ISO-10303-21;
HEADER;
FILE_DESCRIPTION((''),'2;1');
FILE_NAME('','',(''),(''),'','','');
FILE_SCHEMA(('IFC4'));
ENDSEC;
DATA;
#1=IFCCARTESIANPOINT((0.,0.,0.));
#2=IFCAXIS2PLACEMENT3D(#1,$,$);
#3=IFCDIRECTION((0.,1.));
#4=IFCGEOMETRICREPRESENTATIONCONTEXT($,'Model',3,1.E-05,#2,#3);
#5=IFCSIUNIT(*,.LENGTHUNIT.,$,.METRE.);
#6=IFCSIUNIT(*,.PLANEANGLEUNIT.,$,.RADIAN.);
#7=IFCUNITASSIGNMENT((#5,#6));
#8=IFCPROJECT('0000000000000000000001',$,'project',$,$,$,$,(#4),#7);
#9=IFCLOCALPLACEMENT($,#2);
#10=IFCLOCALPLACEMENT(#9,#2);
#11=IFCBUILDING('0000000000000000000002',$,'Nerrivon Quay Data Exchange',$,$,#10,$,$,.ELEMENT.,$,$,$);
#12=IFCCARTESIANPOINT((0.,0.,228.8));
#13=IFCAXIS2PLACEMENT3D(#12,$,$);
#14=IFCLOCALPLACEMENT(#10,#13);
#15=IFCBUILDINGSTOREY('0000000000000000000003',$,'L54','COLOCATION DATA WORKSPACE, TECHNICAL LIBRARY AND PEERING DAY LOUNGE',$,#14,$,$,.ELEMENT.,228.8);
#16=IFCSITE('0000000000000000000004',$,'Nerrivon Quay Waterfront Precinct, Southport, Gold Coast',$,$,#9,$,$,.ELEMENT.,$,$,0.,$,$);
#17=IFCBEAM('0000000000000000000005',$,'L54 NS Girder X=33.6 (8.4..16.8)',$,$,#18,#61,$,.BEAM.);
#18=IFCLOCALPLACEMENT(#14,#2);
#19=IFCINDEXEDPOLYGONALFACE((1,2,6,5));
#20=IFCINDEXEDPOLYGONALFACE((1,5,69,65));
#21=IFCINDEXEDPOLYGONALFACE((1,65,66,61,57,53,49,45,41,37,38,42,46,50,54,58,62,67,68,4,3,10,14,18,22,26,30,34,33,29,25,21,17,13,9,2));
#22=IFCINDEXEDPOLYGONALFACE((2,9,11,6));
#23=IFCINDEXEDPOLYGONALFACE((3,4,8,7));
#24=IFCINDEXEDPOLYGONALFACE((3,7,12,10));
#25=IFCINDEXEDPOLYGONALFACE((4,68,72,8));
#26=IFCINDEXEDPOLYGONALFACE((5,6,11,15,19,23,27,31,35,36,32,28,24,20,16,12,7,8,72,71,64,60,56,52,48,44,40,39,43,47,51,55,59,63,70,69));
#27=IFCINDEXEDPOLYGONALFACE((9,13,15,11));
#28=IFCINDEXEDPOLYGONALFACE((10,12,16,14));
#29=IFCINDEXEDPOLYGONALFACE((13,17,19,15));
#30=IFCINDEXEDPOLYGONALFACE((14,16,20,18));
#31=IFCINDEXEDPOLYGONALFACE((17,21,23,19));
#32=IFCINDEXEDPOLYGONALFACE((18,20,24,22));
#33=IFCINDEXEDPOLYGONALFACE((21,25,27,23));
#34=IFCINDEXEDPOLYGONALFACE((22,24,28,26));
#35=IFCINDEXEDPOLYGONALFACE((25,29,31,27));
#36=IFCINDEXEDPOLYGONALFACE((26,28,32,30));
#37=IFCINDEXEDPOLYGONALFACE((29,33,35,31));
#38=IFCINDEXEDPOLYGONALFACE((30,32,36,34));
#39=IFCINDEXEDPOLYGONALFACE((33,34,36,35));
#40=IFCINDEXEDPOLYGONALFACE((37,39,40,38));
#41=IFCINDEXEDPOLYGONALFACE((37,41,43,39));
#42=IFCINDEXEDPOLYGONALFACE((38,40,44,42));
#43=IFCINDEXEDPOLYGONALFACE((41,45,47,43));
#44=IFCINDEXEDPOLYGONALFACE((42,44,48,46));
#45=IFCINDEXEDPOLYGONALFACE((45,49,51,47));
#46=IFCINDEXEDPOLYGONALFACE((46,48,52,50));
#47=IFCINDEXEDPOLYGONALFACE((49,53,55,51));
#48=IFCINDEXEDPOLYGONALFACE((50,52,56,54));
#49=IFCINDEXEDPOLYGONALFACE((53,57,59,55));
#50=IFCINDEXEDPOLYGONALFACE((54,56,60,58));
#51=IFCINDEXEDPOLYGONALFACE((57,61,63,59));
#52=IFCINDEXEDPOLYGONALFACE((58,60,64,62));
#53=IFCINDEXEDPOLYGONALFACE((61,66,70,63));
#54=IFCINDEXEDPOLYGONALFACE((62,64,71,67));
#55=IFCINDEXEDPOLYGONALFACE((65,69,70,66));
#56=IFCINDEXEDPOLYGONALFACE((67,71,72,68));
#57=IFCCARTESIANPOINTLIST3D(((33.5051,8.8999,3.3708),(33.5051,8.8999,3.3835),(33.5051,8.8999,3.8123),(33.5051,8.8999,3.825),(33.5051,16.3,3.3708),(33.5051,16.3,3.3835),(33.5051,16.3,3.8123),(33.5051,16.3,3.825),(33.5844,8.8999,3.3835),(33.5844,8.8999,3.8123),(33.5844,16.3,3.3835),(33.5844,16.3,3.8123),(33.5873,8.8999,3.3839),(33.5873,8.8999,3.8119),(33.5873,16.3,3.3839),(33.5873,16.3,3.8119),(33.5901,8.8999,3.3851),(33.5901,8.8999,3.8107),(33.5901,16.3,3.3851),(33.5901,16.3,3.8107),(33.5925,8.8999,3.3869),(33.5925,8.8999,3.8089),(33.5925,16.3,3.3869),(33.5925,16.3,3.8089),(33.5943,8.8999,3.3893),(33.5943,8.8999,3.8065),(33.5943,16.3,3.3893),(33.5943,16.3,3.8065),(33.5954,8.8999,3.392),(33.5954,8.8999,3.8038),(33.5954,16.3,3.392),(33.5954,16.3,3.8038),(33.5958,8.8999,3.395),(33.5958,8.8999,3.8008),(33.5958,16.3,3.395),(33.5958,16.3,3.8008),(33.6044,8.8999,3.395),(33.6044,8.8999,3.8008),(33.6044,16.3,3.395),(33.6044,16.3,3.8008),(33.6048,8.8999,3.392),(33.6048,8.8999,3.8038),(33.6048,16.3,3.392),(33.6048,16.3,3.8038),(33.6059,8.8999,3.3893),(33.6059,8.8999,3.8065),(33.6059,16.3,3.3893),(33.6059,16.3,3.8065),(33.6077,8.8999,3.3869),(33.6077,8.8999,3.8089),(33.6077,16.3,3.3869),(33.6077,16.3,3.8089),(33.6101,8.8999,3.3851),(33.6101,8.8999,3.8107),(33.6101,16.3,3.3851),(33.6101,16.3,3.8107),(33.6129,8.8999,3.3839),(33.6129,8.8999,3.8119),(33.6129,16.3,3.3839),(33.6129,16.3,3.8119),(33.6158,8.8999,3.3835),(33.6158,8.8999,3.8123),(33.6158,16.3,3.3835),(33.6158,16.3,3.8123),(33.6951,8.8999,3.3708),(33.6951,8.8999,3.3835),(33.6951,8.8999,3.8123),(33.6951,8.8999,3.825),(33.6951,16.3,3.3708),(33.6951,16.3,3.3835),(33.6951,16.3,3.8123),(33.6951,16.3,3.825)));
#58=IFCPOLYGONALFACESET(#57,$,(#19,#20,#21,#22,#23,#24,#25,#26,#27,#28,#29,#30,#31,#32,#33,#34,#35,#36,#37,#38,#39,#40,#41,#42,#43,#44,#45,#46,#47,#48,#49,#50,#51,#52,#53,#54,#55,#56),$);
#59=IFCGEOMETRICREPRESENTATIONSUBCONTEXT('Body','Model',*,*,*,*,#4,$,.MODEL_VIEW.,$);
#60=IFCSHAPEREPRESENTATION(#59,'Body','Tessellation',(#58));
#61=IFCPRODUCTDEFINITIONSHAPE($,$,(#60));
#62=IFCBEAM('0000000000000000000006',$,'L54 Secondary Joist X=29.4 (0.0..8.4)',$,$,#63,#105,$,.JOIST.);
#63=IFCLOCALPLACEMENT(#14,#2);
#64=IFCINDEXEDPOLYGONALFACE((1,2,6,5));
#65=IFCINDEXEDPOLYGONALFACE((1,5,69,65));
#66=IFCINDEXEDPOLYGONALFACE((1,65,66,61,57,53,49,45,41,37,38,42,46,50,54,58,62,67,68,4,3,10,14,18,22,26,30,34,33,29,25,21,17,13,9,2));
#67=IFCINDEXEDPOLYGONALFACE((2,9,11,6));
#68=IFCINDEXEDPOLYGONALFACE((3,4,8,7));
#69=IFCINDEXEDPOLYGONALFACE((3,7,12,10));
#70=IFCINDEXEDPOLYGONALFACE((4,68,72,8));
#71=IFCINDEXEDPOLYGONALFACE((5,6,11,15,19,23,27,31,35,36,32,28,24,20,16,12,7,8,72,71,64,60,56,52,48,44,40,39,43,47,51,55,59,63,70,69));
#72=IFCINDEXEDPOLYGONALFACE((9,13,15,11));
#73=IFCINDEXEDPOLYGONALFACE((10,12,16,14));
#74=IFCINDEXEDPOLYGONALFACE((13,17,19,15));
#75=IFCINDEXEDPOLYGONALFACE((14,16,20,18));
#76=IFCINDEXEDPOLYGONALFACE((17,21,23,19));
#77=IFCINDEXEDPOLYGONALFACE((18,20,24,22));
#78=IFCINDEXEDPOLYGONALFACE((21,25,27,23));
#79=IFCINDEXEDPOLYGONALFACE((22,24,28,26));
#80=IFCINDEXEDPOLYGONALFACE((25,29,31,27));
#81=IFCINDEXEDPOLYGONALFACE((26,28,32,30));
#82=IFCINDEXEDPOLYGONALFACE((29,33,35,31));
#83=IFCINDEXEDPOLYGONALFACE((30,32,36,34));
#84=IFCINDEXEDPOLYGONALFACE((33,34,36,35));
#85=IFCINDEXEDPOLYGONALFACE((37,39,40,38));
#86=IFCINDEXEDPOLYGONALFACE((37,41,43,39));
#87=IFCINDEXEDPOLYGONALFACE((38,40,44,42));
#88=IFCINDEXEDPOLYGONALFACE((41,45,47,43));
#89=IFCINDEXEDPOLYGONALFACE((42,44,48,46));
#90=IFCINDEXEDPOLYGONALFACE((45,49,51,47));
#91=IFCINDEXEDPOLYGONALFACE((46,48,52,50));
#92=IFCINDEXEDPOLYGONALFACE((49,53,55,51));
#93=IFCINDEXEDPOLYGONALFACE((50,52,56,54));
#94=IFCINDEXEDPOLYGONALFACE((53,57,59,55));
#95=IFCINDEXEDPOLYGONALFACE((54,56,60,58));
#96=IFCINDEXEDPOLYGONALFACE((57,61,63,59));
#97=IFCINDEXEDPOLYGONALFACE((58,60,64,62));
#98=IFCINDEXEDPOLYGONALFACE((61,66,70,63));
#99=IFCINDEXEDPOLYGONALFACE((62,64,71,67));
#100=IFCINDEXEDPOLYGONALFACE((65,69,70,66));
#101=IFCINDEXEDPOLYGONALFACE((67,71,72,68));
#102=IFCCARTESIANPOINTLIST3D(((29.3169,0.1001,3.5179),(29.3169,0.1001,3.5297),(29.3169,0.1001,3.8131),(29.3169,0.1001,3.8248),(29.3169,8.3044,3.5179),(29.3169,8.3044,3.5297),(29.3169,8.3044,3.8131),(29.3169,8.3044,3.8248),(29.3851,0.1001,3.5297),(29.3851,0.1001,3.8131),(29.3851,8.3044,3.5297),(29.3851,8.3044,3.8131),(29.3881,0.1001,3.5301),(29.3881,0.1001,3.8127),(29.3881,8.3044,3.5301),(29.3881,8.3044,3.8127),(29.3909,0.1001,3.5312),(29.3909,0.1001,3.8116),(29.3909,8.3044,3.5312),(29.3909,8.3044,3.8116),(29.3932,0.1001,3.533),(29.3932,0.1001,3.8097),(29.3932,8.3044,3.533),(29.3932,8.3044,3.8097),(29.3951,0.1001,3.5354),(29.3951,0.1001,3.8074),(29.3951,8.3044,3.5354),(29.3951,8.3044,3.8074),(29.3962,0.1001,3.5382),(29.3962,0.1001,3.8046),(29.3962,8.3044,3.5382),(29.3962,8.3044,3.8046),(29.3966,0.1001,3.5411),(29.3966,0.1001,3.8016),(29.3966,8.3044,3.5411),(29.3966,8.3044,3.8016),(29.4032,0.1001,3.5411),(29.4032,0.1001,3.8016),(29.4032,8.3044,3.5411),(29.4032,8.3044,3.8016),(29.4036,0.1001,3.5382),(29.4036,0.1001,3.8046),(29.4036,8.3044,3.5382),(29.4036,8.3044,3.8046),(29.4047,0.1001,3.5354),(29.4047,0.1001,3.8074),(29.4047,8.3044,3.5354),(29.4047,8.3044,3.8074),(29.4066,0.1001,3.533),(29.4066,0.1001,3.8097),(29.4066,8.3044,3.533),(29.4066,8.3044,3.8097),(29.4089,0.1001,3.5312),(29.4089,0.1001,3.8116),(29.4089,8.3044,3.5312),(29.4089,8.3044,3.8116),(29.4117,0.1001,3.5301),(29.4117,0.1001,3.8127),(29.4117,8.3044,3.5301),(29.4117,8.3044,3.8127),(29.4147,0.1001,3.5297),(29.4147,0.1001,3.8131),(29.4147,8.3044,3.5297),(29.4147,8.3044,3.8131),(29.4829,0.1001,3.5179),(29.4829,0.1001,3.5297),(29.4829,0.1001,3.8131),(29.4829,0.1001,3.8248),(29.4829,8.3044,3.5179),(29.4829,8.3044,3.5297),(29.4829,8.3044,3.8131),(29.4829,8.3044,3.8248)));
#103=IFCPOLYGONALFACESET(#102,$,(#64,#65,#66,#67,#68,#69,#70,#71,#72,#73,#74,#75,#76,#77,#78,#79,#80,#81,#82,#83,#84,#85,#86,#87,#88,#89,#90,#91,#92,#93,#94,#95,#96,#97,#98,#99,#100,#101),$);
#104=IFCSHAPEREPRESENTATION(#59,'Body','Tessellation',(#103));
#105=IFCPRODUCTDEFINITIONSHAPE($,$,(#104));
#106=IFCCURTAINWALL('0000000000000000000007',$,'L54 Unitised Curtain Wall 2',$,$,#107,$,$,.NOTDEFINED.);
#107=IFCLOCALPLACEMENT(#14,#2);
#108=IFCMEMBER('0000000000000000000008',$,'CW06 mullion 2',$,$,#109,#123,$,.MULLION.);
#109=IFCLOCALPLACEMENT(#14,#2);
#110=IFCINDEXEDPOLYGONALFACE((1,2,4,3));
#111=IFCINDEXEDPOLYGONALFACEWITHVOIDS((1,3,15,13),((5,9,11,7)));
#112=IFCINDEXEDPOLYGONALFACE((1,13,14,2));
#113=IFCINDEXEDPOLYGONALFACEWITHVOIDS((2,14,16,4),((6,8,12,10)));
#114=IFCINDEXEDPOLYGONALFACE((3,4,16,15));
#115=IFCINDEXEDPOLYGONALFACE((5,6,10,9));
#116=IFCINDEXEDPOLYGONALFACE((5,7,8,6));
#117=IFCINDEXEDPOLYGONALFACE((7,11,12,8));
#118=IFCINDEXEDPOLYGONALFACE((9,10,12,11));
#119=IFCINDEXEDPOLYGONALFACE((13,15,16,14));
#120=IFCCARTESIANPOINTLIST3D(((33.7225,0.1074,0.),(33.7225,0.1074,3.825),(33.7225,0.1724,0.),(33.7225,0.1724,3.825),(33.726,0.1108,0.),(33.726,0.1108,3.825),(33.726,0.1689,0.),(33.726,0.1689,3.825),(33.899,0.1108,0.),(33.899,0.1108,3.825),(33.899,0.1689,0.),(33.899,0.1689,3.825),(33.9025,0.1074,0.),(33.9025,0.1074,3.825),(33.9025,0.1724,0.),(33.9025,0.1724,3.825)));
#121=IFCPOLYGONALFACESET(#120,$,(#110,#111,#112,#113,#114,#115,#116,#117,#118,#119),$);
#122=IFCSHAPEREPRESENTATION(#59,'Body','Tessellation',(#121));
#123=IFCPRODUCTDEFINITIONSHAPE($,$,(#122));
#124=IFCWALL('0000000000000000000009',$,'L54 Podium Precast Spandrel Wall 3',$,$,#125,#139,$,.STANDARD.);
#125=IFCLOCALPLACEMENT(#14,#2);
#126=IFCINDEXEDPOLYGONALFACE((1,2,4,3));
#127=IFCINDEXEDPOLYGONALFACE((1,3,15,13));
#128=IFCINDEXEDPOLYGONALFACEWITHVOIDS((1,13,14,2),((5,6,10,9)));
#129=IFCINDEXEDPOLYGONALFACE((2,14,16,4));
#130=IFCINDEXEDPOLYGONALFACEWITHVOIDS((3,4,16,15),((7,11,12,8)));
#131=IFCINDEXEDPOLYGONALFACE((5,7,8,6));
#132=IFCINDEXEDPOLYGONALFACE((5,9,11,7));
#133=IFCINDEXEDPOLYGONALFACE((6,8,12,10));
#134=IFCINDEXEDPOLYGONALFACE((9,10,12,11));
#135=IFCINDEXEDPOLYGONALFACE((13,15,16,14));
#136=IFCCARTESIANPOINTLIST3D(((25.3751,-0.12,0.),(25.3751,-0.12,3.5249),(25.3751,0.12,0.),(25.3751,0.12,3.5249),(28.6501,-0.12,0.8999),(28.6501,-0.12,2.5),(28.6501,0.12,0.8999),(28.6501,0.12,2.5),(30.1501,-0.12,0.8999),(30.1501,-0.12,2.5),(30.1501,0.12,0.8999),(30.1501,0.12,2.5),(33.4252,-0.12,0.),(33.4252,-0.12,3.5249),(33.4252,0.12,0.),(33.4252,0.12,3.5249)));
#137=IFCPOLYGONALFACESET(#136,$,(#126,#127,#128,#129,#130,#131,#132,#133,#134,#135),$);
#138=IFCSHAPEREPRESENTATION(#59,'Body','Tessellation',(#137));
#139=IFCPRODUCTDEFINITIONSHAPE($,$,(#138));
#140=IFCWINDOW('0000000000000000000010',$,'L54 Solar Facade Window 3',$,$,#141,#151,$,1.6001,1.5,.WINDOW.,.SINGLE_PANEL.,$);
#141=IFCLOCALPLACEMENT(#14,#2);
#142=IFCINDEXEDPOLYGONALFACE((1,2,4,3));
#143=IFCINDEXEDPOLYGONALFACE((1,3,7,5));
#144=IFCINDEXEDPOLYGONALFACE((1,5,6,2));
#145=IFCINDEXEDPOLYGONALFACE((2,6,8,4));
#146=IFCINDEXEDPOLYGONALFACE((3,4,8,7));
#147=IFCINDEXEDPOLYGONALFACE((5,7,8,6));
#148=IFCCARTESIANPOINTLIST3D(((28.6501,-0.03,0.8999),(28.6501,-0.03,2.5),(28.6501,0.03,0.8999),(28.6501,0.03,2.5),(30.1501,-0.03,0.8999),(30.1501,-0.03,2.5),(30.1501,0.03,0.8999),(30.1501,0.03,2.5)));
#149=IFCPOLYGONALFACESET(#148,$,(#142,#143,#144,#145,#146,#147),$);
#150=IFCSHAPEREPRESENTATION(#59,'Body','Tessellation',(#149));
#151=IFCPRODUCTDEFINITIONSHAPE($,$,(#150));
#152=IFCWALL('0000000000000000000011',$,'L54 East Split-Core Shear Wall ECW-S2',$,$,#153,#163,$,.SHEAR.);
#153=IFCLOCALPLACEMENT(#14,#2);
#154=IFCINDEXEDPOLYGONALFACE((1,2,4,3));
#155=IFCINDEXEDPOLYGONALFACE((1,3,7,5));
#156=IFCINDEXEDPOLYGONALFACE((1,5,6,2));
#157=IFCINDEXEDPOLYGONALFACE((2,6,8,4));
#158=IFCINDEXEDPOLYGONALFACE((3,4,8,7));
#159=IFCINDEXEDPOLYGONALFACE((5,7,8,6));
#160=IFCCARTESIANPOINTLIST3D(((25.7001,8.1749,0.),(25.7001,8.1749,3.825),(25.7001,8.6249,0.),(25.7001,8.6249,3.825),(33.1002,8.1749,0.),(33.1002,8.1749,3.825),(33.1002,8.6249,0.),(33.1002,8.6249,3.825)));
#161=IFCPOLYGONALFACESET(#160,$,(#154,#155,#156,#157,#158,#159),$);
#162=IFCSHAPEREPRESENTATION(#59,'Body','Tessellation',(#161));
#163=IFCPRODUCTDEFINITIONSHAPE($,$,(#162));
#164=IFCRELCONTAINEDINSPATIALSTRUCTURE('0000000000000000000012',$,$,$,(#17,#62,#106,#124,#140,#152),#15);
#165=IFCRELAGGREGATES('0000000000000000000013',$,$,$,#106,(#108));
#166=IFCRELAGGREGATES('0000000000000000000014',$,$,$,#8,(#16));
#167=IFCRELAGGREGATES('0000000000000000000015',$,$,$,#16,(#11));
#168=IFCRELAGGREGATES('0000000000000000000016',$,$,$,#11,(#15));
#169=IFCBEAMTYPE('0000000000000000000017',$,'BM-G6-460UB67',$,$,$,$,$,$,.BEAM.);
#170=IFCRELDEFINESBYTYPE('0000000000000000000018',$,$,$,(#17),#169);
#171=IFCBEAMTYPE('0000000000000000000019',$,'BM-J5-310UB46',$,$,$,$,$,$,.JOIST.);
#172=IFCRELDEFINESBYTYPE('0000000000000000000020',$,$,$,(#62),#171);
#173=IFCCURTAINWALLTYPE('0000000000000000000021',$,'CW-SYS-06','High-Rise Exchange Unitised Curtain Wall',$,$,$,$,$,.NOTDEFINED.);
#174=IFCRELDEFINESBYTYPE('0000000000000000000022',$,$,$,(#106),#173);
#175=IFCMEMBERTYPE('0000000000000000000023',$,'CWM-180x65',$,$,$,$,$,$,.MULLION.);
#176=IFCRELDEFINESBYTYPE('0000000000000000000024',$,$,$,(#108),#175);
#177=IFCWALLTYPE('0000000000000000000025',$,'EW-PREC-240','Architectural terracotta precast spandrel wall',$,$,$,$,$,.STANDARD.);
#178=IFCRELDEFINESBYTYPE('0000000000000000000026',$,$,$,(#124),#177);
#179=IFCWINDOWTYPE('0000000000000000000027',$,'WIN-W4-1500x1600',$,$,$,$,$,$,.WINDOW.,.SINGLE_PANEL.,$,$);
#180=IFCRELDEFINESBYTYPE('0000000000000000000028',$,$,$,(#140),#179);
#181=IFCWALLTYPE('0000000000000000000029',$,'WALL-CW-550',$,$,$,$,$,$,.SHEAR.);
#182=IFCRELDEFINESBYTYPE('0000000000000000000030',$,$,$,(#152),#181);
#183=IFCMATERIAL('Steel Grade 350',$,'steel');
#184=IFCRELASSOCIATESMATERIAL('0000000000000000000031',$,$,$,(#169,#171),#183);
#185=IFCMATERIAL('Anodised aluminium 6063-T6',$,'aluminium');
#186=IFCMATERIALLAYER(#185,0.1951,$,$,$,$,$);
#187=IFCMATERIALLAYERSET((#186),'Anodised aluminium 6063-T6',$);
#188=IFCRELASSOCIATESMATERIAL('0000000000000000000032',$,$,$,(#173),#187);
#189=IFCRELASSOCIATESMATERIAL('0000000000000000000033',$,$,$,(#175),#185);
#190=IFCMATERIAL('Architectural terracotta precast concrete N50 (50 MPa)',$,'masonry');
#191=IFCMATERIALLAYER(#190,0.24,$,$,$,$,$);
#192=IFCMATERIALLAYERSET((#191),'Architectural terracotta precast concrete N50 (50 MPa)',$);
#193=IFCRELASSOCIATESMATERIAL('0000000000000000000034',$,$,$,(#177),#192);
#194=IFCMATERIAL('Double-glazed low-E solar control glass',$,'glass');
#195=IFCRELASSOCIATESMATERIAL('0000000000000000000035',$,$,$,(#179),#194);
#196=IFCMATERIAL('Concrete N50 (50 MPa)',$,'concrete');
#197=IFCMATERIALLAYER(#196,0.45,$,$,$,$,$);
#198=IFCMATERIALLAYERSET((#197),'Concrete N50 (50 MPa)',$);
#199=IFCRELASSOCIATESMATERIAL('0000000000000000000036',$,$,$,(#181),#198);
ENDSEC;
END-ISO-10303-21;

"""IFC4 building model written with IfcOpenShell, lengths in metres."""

from ifc_helpers import new_model, si_unit, direction, frame, frame_2d, origin, origin_2d, place, context, subcontext, project, spatial, rectangle, hollow_rectangle, i_section, extrude, material, layer, layer_set, material_profile, profile_set, type_object, element, fill, aggregate, save


model = new_model("IFC4")

# Units and contexts
model_context = context("Model", 3, precision=1e-05, world=origin(), true_north=direction((0.0, 1.0)))
body_context = subcontext(model_context, "Body", "Model", "MODEL_VIEW")
ifc_project = project(units=[si_unit("LENGTHUNIT", "METRE"), si_unit("PLANEANGLEUNIT", "RADIAN")], contexts=[model_context])

# Site, building, storey
site_placement = place(None, origin())
site = spatial("IfcSite", under=ifc_project, at=site_placement, Name="Nerrivon Quay Waterfront Precinct, Southport, Gold Coast", CompositionType="ELEMENT", RefElevation=0.0)
building_placement = place(site_placement, origin())
building = spatial("IfcBuilding", under=site, at=building_placement, Name="Nerrivon Quay Data Exchange", CompositionType="ELEMENT")
storey_placement = place(building_placement, frame((0.0, 0.0, 228.8)))
storey = spatial("IfcBuildingStorey", under=building, at=storey_placement, Name="L54", Description="COLOCATION DATA WORKSPACE, TECHNICAL LIBRARY AND PEERING DAY LOUNGE", CompositionType="ELEMENT", Elevation=228.8)

# Shared definitions
ifc_material_1 = material(Name="Steel Grade 350", Category="steel")

# Beams
ifc_material_profile_1 = material_profile(ifc_material_1, i_section(OverallWidth=0.1899, OverallDepth=0.4541, WebThickness=0.0085, FlangeThickness=0.0127, FilletRadius=0.0115, at=origin_2d()), Name="460UB67.1")
ifc_profile_set_1 = profile_set([ifc_material_profile_1], Name="Steel Grade 350")
beam_type_1 = type_object("IfcBeamType", Name="BM-G6-460UB67", PredefinedType="BEAM", material=ifc_profile_set_1)
beam_1_placement = place(storey_placement, frame((33.6001, 8.8999, 3.5979), z_axis=(0.0, 1.0, 0.0), x_axis=(-1.0, 0.0, 0.0)))
element("IfcBeam", 1, at=beam_1_placement, inside=storey, type_object=beam_type_1, Name="L54 NS Girder X=33.6 (8.4..16.8)", PredefinedType="BEAM", context=body_context, shape_type="SweptSolid", body=[
    extrude(i_section(OverallWidth=0.1899, OverallDepth=0.4541, WebThickness=0.0085, FlangeThickness=0.0127, FilletRadius=0.0115, at=origin_2d()), origin(), (0.0, 0.0, 1.0), 7.4001),
])
ifc_material_profile_2 = material_profile(ifc_material_1, i_section(OverallWidth=0.166, OverallDepth=0.3069, WebThickness=0.0066, FlangeThickness=0.0117, FilletRadius=0.0115, at=origin_2d()), Name="310UB46.2")
ifc_profile_set_2 = profile_set([ifc_material_profile_2], Name="Steel Grade 350")
beam_type_2 = type_object("IfcBeamType", Name="BM-J5-310UB46", PredefinedType="JOIST", material=ifc_profile_set_2)
beam_2_placement = place(storey_placement, frame((29.3999, 0.1001, 3.6714), z_axis=(0.0, 1.0, 0.0), x_axis=(-1.0, 0.0, 0.0)))
element("IfcBeam", 2, at=beam_2_placement, inside=storey, type_object=beam_type_2, Name="L54 Secondary Joist X=29.4 (0.0..8.4)", PredefinedType="JOIST", context=body_context, shape_type="SweptSolid", body=[
    extrude(i_section(OverallWidth=0.166, OverallDepth=0.3069, WebThickness=0.0066, FlangeThickness=0.0117, FilletRadius=0.0115, at=origin_2d()), origin(), (0.0, 0.0, 1.0), 8.2043),
])

# Curtain wall, member
ifc_material_2 = material(Name="Anodised aluminium 6063-T6", Category="aluminium")
ifc_layer_1 = layer(ifc_material_2, 0.1951)
ifc_layer_set_1 = layer_set([ifc_layer_1], Name="Anodised aluminium 6063-T6")
curtain_wall_type = type_object("IfcCurtainWallType", Name="CW-SYS-06", Description="High-Rise Exchange Unitised Curtain Wall", PredefinedType="NOTDEFINED", material=ifc_layer_set_1)
curtain_wall_placement = place(storey_placement, origin())
curtain_wall = element("IfcCurtainWall", 3, at=curtain_wall_placement, inside=storey, type_object=curtain_wall_type, Name="L54 Unitised Curtain Wall 2", PredefinedType="NOTDEFINED")
ifc_material_profile_3 = material_profile(ifc_material_2, hollow_rectangle(XDim=0.0649, YDim=0.1799, WallThickness=0.0034, at=origin_2d()), Name="ALU-MULL-180x65")
ifc_profile_set_3 = profile_set([ifc_material_profile_3], Name="Anodised aluminium 6063-T6")
member_type = type_object("IfcMemberType", Name="CWM-180x65", PredefinedType="MULLION", material=ifc_profile_set_3)
member_placement = place(storey_placement, frame((33.8125, 0.1399, 0.0), z_axis=(0.0, 0.0, 1.0), x_axis=(0.0, -1.0, 0.0)))
member = element("IfcMember", 4, at=member_placement, type_object=member_type, Name="CW06 mullion 2", PredefinedType="MULLION", context=body_context, shape_type="SweptSolid", body=[
    extrude(hollow_rectangle(XDim=0.0649, YDim=0.1799, WallThickness=0.0034, at=origin_2d()), origin(), (0.0, 0.0, 1.0), 3.825),
])
aggregate(curtain_wall, [member])

# Wall, opening, window
ifc_material_3 = material(Name="Architectural terracotta precast concrete N50 (50 MPa)", Category="masonry")
ifc_layer_2 = layer(ifc_material_3, 0.24)
ifc_layer_set_2 = layer_set([ifc_layer_2], Name="Architectural terracotta precast concrete N50 (50 MPa)")
wall_type_1 = type_object("IfcWallType", Name="EW-PREC-240", Description="Architectural terracotta precast spandrel wall", PredefinedType="STANDARD", material=ifc_layer_set_2)
wall_1_placement = place(storey_placement, frame((33.425, 0.0, 0.0), z_axis=(0.0, 0.0, 1.0), x_axis=(-1.0, 0.0, 0.0)))
wall_1 = element("IfcWall", 5, at=wall_1_placement, inside=storey, type_object=wall_type_1, Name="L54 Podium Precast Spandrel Wall 3", PredefinedType="STANDARD", context=body_context, shape_type="SweptSolid", body=[
    extrude(rectangle(XDim=8.05, YDim=0.24, at=frame_2d((4.0249, 0.0))), origin(), (0.0, 0.0, 1.0), 3.5249),
])
opening_1_placement = place(wall_1_placement, frame((3.2749, 0.0, 0.8999)))
opening_1 = element("IfcOpeningElement", 6, at=opening_1_placement, cuts=wall_1, PredefinedType="OPENING", context=body_context, shape_type="SweptSolid", body=[
    extrude(rectangle(XDim=1.5, YDim=1.6001, at=frame_2d((0.75, 0.8))), frame((0.0, 0.1299, 0.0), z_axis=(0.0, -1.0, 0.0), x_axis=(1.0, 0.0, 0.0)), (0.0, 0.0, 1.0), 0.26),
])
ifc_material_4 = material(Name="Double-glazed low-E solar control glass", Category="glass")
window_type = type_object("IfcWindowType", Name="WIN-W4-1500x1600", PartitioningType="SINGLE_PANEL", PredefinedType="WINDOW", material=ifc_material_4)
window_placement = place(opening_1_placement, origin())
window = element("IfcWindow", 7, at=window_placement, inside=storey, type_object=window_type, Name="L54 Solar Facade Window 3", OverallHeight=1.6001, OverallWidth=1.5, PartitioningType="SINGLE_PANEL", PredefinedType="WINDOW", context=body_context, shape_type="SweptSolid", body=[
    extrude(rectangle(XDim=1.5, YDim=1.6001, at=frame_2d((0.75, 0.8))), frame((0.0, 0.03, 0.0), z_axis=(0.0, -1.0, 0.0), x_axis=(1.0, 0.0, 0.0)), (0.0, 0.0, 1.0), 0.0601),
])
fill(opening_1, window)

# Wall
ifc_material_5 = material(Name="Concrete N50 (50 MPa)", Category="concrete")
ifc_layer_3 = layer(ifc_material_5, 0.45)
ifc_layer_set_3 = layer_set([ifc_layer_3], Name="Concrete N50 (50 MPa)")
wall_type_2 = type_object("IfcWallType", Name="WALL-CW-550", PredefinedType="SHEAR", material=ifc_layer_set_3)
wall_2_placement = place(storey_placement, frame((25.7, 8.3999, 0.0), z_axis=(0.0, 0.0, 1.0), x_axis=(1.0, 0.0, 0.0)))
element("IfcWall", 8, at=wall_2_placement, inside=storey, type_object=wall_type_2, Name="L54 East Split-Core Shear Wall ECW-S2", PredefinedType="SHEAR", context=body_context, shape_type="SweptSolid", body=[
    extrude(rectangle(XDim=7.4001, YDim=0.45, at=frame_2d((3.7002, 0.0))), origin(), (0.0, 0.0, 1.0), 3.825),
])

save(model, "model.ifc")
